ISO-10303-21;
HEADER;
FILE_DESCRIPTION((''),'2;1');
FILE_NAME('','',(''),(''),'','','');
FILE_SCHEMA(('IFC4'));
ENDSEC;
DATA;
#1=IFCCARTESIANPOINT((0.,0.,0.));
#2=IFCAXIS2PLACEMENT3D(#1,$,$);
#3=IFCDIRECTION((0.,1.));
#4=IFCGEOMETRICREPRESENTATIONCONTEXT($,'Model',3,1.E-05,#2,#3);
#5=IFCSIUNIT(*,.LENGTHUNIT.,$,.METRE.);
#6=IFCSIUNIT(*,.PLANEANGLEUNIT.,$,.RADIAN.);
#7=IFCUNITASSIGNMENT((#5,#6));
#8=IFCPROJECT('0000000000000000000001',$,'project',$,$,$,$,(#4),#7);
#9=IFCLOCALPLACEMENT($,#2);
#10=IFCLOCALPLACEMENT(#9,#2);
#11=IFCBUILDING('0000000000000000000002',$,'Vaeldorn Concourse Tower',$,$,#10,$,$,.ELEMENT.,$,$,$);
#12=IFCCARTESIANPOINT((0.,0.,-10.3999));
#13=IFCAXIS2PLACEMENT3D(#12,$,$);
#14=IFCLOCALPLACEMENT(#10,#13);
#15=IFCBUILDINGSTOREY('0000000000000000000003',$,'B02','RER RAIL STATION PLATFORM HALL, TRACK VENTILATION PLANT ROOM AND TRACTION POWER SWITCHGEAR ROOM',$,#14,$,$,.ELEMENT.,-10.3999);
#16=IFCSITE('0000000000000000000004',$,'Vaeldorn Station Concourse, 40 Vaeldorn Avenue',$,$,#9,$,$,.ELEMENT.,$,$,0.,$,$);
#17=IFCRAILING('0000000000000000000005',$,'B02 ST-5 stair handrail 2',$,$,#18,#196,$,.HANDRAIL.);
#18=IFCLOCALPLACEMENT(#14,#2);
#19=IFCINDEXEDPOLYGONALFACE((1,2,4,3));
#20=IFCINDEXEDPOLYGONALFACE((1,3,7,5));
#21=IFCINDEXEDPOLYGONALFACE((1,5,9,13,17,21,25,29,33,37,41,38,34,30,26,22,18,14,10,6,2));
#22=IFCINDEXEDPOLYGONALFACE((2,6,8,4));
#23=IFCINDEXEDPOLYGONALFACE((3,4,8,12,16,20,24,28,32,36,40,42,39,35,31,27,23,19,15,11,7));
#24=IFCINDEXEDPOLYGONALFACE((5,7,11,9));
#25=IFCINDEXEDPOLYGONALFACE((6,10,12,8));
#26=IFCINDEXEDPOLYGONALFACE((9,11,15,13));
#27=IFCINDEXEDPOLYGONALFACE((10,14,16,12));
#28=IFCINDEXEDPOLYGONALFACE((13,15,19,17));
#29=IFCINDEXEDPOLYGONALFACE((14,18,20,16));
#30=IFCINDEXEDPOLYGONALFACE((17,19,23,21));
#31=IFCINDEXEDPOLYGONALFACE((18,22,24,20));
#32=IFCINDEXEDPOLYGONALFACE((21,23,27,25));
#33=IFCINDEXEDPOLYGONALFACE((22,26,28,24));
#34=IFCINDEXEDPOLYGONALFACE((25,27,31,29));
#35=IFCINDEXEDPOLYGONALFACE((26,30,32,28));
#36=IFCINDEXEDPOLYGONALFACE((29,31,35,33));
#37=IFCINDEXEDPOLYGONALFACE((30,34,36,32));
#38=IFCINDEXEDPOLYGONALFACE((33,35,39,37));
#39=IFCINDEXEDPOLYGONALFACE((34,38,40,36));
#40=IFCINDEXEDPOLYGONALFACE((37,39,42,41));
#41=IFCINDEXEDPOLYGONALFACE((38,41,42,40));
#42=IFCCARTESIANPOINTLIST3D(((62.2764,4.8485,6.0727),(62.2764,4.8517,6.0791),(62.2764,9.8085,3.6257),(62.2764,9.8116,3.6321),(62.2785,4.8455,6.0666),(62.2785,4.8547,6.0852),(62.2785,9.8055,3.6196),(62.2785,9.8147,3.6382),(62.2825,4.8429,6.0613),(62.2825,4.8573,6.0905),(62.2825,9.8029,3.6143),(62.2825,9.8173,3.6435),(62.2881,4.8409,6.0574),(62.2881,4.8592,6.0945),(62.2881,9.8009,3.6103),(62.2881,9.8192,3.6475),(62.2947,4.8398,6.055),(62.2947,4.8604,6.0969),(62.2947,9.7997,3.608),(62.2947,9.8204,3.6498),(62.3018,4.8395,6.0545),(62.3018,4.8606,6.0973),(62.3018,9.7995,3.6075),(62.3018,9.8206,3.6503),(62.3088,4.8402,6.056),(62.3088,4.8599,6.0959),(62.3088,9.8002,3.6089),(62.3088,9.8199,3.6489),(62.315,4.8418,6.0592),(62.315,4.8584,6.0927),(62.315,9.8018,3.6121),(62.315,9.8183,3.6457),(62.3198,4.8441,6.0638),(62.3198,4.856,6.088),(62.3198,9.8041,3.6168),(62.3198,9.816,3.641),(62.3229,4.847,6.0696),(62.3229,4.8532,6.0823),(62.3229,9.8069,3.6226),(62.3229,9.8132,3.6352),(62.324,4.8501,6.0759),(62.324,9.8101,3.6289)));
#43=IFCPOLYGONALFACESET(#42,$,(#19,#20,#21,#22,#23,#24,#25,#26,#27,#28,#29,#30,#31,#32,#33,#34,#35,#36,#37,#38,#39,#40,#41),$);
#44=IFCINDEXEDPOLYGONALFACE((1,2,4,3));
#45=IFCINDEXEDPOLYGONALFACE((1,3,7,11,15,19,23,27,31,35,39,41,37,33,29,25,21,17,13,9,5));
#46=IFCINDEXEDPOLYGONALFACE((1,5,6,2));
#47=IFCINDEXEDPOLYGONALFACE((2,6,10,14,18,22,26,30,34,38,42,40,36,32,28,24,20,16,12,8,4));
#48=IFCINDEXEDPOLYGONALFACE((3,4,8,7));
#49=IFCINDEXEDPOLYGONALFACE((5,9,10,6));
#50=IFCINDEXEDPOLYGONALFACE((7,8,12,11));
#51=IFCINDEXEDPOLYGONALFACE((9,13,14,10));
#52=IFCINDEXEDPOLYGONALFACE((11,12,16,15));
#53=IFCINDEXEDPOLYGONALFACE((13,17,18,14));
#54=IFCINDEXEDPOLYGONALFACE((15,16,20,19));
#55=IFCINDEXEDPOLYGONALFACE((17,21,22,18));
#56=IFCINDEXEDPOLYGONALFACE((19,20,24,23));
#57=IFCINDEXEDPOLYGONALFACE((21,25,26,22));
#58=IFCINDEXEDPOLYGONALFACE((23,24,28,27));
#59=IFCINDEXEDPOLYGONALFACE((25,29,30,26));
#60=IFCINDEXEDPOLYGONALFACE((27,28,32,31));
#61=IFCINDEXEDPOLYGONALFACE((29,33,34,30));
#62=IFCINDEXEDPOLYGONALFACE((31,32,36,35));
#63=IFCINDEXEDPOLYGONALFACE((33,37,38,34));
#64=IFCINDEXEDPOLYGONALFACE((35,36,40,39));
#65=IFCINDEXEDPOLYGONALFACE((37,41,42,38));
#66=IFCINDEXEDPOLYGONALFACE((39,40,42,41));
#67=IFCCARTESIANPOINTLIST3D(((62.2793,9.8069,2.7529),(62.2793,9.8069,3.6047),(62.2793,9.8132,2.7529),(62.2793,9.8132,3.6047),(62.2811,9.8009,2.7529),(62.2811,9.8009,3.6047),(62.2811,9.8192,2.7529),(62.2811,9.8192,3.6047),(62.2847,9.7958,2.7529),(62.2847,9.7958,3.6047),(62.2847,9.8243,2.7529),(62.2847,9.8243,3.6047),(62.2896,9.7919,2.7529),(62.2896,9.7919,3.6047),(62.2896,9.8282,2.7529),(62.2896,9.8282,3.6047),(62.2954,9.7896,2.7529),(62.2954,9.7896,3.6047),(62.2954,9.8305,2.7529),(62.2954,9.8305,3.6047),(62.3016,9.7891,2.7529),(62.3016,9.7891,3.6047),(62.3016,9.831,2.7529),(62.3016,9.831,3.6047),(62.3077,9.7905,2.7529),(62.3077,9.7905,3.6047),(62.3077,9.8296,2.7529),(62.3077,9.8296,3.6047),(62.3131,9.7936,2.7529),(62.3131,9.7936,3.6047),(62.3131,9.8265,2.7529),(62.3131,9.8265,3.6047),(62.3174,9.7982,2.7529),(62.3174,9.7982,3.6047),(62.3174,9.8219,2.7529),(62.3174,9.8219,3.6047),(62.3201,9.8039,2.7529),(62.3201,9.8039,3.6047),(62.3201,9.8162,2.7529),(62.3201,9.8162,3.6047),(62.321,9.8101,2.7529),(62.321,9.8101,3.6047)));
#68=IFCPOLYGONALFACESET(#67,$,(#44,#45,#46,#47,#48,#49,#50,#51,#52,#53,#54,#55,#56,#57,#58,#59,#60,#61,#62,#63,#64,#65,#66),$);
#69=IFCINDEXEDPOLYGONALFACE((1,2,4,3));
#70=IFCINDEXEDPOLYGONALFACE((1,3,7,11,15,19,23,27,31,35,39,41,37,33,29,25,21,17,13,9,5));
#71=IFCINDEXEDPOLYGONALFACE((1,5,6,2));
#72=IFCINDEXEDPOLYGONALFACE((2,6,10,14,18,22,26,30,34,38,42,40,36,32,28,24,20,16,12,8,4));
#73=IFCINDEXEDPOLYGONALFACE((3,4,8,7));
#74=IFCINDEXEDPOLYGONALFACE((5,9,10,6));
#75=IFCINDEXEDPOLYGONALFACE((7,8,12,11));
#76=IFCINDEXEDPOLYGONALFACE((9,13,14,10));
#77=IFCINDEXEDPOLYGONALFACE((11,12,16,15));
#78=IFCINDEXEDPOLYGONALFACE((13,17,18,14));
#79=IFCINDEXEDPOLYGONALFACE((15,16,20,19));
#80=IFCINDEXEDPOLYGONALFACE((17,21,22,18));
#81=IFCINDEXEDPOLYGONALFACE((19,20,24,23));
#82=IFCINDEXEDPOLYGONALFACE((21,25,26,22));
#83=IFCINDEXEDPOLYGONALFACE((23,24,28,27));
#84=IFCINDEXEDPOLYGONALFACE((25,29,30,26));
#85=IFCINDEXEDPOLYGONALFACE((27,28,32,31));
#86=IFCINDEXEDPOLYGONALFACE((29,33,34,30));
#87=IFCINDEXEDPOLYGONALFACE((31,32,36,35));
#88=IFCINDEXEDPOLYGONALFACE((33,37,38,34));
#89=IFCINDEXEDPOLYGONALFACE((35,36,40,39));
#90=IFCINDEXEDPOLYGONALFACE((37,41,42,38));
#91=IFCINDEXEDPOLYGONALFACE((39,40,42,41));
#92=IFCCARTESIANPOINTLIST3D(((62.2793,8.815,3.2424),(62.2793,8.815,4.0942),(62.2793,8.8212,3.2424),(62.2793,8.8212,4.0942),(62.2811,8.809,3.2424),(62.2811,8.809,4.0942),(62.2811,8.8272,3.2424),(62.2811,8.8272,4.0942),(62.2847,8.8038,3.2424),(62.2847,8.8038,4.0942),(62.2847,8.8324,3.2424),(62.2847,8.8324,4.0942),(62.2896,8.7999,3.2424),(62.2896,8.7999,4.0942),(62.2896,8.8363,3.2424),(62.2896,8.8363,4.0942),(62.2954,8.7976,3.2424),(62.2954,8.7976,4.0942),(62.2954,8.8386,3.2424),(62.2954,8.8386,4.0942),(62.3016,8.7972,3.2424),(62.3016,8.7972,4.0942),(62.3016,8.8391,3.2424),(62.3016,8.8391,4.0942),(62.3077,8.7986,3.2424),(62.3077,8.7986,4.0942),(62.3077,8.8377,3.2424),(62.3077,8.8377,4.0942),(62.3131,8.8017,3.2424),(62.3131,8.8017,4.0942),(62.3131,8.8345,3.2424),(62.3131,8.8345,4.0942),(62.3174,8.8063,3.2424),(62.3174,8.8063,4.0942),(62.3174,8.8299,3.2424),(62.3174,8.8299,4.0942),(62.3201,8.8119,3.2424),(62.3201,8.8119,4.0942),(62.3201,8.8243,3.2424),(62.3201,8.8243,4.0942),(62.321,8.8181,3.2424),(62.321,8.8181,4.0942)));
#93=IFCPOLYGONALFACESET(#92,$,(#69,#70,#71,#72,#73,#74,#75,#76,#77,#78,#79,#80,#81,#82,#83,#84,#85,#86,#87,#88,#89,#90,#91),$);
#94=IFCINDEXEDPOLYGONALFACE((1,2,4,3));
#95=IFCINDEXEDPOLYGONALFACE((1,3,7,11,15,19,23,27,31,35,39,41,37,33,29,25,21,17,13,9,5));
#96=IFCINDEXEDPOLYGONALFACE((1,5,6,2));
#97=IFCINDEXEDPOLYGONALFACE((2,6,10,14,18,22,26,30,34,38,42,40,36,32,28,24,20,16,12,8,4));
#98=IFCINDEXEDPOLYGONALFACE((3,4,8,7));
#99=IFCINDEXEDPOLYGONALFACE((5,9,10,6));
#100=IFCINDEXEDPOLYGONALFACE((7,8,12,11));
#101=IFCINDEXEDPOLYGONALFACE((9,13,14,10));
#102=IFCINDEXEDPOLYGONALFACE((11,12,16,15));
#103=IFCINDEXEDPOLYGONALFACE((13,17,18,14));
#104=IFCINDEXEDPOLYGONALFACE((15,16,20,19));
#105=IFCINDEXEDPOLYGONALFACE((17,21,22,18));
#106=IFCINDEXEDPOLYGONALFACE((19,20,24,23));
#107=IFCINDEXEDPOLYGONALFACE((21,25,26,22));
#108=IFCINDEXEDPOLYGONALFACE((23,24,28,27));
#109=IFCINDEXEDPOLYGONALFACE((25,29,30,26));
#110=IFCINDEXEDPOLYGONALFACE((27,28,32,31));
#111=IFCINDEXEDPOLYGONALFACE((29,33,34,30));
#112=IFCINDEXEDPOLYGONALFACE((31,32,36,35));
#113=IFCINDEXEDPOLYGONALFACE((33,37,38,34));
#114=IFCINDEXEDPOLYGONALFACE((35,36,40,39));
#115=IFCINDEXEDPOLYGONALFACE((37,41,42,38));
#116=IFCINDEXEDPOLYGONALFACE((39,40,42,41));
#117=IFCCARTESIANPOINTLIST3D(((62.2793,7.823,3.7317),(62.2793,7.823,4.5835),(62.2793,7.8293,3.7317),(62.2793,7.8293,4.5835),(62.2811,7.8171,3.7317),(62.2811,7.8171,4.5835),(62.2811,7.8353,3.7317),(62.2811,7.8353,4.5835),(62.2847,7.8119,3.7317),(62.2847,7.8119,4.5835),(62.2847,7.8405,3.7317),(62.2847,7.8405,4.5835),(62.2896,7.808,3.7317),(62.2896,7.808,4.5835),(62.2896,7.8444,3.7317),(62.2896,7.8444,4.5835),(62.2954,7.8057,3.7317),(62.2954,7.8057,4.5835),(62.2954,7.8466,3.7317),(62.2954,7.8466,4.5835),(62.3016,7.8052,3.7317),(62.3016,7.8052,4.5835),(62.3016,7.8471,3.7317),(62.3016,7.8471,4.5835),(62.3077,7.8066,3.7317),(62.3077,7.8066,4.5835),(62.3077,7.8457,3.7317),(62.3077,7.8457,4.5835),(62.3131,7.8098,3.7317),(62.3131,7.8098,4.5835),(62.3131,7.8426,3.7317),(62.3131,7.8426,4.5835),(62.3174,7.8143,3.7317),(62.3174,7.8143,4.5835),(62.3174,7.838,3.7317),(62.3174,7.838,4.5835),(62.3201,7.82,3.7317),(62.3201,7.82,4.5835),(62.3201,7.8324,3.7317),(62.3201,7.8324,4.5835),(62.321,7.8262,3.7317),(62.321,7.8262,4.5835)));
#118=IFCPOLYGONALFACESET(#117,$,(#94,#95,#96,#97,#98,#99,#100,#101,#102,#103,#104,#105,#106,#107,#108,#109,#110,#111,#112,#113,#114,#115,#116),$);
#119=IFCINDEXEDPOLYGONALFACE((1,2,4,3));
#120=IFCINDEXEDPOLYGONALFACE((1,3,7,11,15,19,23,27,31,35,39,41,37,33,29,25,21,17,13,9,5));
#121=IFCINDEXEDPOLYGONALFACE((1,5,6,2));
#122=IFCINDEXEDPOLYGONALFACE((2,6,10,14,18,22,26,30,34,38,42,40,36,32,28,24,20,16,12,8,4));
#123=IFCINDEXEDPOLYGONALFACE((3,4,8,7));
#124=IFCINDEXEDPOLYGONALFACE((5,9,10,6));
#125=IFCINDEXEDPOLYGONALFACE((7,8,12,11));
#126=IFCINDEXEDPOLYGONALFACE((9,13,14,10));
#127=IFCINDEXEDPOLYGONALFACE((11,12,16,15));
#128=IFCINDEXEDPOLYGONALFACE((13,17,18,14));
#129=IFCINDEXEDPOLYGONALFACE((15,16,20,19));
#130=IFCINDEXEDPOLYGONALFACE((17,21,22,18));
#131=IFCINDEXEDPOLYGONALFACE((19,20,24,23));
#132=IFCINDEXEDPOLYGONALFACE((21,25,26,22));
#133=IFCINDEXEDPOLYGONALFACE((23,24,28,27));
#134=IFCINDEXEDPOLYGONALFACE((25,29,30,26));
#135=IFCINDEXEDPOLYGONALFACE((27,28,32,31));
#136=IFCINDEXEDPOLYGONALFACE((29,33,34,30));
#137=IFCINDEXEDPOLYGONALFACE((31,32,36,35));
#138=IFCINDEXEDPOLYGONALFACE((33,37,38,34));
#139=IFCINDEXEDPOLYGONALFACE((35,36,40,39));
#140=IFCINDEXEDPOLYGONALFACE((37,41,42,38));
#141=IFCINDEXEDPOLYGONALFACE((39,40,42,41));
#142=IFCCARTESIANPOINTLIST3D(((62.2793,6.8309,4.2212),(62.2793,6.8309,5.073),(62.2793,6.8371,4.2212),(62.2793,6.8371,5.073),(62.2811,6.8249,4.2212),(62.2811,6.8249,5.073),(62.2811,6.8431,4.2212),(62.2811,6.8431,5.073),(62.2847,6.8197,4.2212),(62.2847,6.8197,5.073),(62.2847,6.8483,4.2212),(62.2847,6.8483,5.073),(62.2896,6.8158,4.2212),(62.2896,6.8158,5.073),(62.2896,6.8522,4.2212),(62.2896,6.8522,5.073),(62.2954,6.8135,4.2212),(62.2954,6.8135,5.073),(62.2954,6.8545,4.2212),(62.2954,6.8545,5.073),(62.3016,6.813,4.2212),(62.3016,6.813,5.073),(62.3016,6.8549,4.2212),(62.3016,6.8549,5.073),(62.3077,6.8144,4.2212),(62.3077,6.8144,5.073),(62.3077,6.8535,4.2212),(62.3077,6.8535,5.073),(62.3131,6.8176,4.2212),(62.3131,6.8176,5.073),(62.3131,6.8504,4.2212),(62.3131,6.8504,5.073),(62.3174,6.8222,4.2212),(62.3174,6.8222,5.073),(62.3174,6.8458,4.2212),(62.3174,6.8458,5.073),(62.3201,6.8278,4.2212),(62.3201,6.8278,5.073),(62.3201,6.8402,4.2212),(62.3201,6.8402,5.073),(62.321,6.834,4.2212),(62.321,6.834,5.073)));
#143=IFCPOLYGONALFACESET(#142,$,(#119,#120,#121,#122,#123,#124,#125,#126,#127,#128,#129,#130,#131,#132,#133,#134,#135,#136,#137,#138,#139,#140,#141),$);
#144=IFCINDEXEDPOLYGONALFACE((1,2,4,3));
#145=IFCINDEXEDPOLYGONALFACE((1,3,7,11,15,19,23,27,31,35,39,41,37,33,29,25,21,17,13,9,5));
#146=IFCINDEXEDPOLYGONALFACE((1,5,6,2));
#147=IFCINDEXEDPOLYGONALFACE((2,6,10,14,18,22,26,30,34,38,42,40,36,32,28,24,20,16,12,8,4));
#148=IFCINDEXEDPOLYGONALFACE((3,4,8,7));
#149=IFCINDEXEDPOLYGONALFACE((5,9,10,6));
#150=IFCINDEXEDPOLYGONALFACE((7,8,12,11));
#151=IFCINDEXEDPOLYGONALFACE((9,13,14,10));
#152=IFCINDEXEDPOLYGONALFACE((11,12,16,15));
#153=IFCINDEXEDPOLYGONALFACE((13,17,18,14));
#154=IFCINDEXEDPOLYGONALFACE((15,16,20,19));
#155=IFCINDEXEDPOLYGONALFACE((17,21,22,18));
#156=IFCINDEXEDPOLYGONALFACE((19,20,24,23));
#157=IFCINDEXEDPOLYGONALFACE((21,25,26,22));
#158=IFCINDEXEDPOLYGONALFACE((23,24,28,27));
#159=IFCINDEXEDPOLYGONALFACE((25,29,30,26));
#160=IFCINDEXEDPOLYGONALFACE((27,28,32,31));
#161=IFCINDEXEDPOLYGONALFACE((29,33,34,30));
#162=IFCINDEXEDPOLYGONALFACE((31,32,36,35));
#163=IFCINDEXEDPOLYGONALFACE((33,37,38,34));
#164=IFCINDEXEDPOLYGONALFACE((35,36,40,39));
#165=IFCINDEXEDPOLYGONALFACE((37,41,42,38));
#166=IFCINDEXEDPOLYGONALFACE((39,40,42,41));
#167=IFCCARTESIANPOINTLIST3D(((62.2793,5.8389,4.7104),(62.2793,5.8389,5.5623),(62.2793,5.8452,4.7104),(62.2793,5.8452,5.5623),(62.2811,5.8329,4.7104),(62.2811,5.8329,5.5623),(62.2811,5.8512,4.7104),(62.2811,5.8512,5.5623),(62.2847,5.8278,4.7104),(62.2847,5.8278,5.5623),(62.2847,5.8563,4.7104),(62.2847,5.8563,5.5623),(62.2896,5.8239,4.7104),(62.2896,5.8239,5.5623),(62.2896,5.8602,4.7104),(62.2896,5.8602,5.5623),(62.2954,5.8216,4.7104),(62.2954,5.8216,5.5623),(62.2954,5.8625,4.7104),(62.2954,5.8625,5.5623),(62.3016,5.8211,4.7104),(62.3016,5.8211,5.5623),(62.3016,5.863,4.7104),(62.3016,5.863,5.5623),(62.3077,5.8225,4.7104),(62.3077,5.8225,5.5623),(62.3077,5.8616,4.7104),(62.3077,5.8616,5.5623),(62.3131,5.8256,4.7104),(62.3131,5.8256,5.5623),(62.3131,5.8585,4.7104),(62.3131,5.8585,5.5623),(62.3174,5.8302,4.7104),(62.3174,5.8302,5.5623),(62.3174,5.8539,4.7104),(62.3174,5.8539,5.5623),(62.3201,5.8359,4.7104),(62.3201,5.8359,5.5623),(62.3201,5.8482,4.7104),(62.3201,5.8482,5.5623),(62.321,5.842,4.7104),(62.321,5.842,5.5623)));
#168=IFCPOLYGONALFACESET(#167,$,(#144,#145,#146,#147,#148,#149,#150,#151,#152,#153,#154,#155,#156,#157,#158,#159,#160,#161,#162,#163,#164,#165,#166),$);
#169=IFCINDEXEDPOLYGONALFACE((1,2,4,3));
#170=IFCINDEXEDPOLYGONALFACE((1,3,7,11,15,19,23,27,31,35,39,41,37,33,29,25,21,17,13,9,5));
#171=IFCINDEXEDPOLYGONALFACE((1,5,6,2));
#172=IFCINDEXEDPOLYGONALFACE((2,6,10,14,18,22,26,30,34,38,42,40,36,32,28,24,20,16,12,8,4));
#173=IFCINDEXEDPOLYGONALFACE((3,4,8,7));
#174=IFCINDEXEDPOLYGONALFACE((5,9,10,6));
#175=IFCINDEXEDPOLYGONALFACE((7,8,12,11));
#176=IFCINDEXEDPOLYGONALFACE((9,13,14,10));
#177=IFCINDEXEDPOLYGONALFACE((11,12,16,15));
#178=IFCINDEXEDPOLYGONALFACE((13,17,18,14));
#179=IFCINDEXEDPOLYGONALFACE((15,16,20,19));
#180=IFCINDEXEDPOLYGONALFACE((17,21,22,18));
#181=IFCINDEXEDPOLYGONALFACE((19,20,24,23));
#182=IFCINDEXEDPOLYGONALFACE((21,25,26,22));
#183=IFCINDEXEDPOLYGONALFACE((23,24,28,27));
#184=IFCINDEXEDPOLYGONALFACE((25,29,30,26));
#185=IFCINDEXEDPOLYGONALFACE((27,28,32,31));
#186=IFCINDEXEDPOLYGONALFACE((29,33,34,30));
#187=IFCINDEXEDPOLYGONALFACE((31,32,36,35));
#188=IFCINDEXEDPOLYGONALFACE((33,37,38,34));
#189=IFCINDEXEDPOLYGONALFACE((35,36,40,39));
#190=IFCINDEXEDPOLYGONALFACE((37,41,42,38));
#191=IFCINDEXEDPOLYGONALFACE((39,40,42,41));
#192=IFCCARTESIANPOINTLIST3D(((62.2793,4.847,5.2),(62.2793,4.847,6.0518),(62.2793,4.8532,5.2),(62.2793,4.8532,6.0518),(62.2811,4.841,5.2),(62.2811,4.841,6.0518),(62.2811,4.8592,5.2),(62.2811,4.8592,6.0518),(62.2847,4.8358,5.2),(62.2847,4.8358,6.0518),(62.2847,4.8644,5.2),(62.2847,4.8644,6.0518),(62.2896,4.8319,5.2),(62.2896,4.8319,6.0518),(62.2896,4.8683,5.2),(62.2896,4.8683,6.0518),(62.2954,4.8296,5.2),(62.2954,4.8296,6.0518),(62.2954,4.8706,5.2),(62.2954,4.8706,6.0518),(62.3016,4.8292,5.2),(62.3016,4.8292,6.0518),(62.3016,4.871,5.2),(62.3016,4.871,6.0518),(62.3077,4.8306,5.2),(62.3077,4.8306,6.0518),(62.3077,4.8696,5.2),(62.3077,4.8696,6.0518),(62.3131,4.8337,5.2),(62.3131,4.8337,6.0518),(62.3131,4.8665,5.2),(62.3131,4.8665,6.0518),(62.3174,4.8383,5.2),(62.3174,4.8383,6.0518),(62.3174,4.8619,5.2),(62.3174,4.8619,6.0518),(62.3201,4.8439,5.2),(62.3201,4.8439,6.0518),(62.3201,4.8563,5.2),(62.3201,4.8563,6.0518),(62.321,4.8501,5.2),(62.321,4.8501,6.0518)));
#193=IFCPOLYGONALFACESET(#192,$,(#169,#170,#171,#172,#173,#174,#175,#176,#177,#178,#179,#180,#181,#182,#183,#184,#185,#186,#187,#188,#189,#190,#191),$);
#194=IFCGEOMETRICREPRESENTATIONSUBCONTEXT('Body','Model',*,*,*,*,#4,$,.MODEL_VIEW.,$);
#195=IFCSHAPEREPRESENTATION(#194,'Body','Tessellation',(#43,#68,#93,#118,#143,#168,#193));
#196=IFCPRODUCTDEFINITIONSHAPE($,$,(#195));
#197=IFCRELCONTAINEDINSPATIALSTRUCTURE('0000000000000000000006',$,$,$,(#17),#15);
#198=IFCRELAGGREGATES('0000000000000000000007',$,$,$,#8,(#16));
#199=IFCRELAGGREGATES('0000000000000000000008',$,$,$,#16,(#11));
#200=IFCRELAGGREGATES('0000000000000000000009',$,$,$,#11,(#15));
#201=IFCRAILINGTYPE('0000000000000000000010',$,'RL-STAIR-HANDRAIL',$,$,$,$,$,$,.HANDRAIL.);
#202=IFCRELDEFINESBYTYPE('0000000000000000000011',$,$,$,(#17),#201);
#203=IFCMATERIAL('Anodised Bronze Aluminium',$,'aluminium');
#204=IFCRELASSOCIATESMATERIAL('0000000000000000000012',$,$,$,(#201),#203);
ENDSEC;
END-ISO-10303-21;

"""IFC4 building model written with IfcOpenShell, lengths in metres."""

from ifc_helpers import new_model, si_unit, direction, frame, origin, origin_2d, place, context, subcontext, project, spatial, circle, extrude, material, type_object, element, save


model = new_model("IFC4")

# Units and contexts
model_context = context("Model", 3, precision=1e-05, world=origin(), true_north=direction((0.0, 1.0)))
body_context = subcontext(model_context, "Body", "Model", "MODEL_VIEW")
ifc_project = project(units=[si_unit("LENGTHUNIT", "METRE"), si_unit("PLANEANGLEUNIT", "RADIAN")], contexts=[model_context])

# Site, building, storey
site_placement = place(None, origin())
site = spatial("IfcSite", under=ifc_project, at=site_placement, Name="Vaeldorn Station Concourse, 40 Vaeldorn Avenue", CompositionType="ELEMENT", RefElevation=0.0)
building_placement = place(site_placement, origin())
building = spatial("IfcBuilding", under=site, at=building_placement, Name="Vaeldorn Concourse Tower", CompositionType="ELEMENT")
storey_placement = place(building_placement, frame((0.0, 0.0, -10.3999)))
storey = spatial("IfcBuildingStorey", under=building, at=storey_placement, Name="B02", Description="RER RAIL STATION PLATFORM HALL, TRACK VENTILATION PLANT ROOM AND TRACTION POWER SWITCHGEAR ROOM", CompositionType="ELEMENT", Elevation=-10.3999)

# Railing
ifc_material_1 = material(Name="Anodised Bronze Aluminium", Category="aluminium")
railing_type_1 = type_object("IfcRailingType", Name="RL-STAIR-HANDRAIL", PredefinedType="HANDRAIL", material=ifc_material_1)
railing_1_placement = place(storey_placement, frame((62.3, 9.8101, 2.7529)))
element("IfcRailing", 1, at=railing_1_placement, inside=storey, type_object=railing_type_1, Name="B02 ST-5 stair handrail 2", PredefinedType="HANDRAIL", context=body_context, shape_type="SweptSolid", body=[
    extrude(circle(Radius=0.0239, at=origin_2d()), frame((0.0, 0.0, 0.876), z_axis=(0.0, -0.896798, 0.44244), x_axis=(1.0, 0.0, 0.0)), (0.0, 0.0, 1.0), 5.5308),
    extrude(circle(Radius=0.021, at=origin_2d()), origin(), (0.0, 0.0, 1.0), 0.8518),
    extrude(circle(Radius=0.021, at=origin_2d()), frame((0.0, -0.9919, 0.4895)), (0.0, 0.0, 1.0), 0.8518),
    extrude(circle(Radius=0.021, at=origin_2d()), frame((0.0, -1.9839, 0.9788)), (0.0, 0.0, 1.0), 0.8518),
    extrude(circle(Radius=0.021, at=origin_2d()), frame((0.0, -2.9761, 1.4683)), (0.0, 0.0, 1.0), 0.8518),
    extrude(circle(Radius=0.021, at=origin_2d()), frame((0.0, -3.968, 1.9575)), (0.0, 0.0, 1.0), 0.8518),
    extrude(circle(Radius=0.021, at=origin_2d()), frame((0.0, -4.96, 2.447)), (0.0, 0.0, 1.0), 0.8518),
])

save(model, "model.ifc")
